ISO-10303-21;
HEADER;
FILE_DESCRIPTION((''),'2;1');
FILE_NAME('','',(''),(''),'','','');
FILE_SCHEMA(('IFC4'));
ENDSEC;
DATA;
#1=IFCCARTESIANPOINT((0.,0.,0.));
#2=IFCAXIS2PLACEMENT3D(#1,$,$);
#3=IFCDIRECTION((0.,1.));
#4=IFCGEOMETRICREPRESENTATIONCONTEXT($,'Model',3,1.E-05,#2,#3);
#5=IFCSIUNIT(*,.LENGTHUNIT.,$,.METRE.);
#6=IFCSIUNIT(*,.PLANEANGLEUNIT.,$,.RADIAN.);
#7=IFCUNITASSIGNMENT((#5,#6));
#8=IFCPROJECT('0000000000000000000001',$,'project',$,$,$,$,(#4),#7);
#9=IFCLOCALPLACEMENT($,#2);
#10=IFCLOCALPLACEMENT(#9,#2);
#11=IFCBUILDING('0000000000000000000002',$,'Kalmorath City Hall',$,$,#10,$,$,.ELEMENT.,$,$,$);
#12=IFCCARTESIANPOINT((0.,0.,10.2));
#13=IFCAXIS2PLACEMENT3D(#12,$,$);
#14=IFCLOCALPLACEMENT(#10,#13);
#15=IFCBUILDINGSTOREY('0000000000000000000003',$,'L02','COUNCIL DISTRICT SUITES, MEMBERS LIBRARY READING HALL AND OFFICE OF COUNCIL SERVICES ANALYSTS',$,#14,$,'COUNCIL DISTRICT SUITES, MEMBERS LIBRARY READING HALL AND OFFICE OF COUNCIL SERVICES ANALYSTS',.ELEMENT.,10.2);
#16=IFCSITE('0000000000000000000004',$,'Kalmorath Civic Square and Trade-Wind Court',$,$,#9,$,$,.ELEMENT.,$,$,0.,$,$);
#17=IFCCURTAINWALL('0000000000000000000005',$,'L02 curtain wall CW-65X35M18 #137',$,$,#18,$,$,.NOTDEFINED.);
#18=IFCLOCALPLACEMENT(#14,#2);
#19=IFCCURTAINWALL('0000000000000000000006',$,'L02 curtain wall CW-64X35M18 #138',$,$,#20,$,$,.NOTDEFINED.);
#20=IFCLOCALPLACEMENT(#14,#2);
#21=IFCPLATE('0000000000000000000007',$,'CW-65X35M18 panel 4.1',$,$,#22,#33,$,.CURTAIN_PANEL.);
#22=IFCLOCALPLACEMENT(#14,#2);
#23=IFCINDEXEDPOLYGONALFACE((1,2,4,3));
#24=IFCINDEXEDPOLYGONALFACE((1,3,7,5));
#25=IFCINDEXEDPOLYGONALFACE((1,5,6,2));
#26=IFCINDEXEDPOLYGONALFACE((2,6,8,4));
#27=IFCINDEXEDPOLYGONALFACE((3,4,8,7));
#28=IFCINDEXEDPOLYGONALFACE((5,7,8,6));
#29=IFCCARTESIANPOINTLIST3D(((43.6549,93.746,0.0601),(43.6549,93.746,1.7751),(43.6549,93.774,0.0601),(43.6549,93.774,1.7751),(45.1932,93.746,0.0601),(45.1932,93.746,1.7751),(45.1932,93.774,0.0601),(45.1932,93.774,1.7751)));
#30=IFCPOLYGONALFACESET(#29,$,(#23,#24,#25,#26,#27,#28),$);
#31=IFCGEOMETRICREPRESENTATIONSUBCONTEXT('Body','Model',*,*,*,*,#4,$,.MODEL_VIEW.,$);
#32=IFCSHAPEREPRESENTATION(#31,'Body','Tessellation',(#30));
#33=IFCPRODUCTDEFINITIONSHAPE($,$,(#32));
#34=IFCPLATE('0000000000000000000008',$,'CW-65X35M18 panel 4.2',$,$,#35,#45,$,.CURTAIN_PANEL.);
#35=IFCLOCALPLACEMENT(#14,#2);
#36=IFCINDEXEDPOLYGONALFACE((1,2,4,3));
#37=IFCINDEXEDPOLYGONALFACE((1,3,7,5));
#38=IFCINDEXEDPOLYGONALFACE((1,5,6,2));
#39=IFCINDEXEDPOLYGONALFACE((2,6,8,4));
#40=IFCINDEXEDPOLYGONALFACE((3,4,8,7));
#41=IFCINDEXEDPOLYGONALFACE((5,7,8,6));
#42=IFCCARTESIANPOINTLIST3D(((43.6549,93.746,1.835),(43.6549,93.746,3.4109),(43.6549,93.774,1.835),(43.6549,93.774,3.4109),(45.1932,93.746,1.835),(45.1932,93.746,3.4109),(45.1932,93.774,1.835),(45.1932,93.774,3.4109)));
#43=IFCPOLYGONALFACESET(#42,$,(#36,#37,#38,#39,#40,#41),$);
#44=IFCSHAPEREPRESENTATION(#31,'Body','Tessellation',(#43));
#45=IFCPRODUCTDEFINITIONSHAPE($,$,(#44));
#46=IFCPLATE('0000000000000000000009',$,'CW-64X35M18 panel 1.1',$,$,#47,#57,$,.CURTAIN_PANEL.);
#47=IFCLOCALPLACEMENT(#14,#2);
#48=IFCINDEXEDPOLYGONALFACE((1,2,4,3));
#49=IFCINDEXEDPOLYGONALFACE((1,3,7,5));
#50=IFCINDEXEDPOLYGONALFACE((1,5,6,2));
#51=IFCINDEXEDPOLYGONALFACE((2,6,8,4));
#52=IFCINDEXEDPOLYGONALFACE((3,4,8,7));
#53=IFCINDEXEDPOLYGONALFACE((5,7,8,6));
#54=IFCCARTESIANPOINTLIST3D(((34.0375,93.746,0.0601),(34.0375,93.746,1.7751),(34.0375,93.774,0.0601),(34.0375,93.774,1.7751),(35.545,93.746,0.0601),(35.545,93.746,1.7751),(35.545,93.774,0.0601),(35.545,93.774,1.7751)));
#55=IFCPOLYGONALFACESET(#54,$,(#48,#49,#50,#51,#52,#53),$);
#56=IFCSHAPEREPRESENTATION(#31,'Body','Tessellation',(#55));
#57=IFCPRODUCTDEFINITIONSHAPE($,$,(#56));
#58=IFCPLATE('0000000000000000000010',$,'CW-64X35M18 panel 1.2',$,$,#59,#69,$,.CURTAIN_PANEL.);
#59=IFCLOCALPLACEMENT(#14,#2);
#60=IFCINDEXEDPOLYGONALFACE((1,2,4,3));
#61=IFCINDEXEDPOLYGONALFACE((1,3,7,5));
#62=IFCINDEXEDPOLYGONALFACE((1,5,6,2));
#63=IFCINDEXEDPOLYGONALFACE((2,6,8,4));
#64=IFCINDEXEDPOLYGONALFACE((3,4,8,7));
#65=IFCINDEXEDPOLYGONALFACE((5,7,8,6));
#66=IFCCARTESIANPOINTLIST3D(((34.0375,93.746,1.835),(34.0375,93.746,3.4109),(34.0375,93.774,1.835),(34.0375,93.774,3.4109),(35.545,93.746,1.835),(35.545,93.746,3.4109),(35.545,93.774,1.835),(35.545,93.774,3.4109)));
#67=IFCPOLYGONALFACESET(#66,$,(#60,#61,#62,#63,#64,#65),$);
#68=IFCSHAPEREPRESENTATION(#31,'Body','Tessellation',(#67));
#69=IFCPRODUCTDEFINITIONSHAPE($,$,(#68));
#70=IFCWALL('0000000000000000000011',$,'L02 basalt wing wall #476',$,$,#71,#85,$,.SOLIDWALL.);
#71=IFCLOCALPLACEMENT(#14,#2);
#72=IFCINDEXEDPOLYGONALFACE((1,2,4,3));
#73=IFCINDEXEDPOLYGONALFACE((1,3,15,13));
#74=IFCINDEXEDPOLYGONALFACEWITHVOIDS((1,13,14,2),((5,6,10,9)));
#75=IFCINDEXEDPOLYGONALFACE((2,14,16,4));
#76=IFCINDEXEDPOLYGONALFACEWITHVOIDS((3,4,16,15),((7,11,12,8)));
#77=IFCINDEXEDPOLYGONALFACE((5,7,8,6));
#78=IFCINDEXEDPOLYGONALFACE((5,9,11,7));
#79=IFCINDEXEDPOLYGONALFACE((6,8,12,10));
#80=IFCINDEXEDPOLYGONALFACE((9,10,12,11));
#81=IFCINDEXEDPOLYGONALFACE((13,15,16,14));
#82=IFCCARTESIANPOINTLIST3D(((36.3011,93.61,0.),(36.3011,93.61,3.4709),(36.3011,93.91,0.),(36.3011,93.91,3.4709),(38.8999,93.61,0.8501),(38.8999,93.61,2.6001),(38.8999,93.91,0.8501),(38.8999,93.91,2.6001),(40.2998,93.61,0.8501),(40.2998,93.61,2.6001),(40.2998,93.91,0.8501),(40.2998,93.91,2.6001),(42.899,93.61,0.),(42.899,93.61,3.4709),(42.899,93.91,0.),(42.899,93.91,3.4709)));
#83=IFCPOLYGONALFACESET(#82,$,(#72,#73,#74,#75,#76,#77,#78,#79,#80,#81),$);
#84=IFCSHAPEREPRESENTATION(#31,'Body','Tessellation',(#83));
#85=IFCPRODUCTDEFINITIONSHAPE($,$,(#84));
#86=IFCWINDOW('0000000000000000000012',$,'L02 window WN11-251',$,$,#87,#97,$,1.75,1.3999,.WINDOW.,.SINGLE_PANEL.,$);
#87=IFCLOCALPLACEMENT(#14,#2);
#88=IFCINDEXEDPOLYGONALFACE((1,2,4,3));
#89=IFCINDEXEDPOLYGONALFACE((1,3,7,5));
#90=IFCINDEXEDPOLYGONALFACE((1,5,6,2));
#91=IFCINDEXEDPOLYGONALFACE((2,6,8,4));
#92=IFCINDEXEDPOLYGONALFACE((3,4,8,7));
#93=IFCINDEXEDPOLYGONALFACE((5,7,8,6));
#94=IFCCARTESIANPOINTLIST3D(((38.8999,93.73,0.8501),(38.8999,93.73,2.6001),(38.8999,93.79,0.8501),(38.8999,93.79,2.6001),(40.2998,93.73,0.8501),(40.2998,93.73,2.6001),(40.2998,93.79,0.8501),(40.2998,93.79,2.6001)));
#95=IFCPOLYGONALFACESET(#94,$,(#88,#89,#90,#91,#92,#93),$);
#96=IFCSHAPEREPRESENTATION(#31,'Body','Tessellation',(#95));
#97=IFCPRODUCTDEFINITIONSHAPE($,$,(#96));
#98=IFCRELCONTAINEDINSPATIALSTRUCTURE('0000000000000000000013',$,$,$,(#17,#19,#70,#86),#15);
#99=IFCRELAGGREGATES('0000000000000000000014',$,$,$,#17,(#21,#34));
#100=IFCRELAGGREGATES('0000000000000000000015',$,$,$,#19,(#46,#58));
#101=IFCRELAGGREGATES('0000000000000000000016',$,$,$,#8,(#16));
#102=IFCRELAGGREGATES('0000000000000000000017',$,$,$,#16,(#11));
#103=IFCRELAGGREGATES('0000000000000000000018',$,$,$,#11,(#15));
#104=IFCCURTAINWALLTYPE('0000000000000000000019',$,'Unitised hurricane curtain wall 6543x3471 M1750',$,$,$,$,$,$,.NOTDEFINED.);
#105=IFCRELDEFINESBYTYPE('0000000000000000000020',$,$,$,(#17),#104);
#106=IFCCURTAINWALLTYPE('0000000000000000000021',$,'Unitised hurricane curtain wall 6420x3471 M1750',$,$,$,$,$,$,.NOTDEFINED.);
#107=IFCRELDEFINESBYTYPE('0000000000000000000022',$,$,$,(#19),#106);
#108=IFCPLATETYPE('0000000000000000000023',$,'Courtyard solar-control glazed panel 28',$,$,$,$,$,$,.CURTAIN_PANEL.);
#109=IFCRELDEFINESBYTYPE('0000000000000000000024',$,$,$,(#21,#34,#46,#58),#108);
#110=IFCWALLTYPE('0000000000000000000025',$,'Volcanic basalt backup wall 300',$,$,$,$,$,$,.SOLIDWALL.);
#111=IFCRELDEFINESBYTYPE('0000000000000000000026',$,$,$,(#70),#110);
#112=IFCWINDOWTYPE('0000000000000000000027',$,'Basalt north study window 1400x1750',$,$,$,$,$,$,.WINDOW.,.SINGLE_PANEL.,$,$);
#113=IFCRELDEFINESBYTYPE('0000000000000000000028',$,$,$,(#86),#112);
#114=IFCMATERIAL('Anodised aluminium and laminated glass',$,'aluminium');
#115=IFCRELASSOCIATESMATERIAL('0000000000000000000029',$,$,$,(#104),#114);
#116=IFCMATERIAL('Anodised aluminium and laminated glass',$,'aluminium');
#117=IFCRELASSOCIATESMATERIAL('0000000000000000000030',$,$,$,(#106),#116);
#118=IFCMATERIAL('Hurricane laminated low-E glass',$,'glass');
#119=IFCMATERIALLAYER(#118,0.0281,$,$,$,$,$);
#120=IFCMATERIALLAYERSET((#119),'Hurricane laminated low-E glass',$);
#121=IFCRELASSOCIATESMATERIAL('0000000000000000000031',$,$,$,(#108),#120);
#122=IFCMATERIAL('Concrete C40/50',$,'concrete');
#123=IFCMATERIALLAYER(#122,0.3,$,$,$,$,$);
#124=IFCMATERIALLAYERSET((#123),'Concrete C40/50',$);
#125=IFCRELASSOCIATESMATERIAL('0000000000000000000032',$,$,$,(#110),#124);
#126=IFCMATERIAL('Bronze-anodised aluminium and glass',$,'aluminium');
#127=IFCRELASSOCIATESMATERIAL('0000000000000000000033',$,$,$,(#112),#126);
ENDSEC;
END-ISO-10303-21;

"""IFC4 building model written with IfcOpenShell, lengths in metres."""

from ifc_helpers import new_model, si_unit, direction, frame, frame_2d, origin, origin_2d, place, context, subcontext, project, spatial, rectangle, extrude, material, layer, layer_set, type_object, element, fill, aggregate, save


model = new_model("IFC4")

# Units and contexts
model_context = context("Model", 3, precision=1e-05, world=origin(), true_north=direction((0.0, 1.0)))
body_context = subcontext(model_context, "Body", "Model", "MODEL_VIEW")
ifc_project = project(units=[si_unit("LENGTHUNIT", "METRE"), si_unit("PLANEANGLEUNIT", "RADIAN")], contexts=[model_context])

# Site, building, storey
site_placement = place(None, origin())
site = spatial("IfcSite", under=ifc_project, at=site_placement, Name="Kalmorath Civic Square and Trade-Wind Court", CompositionType="ELEMENT", RefElevation=0.0)
building_placement = place(site_placement, origin())
building = spatial("IfcBuilding", under=site, at=building_placement, Name="Kalmorath City Hall", CompositionType="ELEMENT")
storey_placement = place(building_placement, frame((0.0, 0.0, 10.2)))
storey = spatial("IfcBuildingStorey", under=building, at=storey_placement, Name="L02", Description="COUNCIL DISTRICT SUITES, MEMBERS LIBRARY READING HALL AND OFFICE OF COUNCIL SERVICES ANALYSTS", LongName="COUNCIL DISTRICT SUITES, MEMBERS LIBRARY READING HALL AND OFFICE OF COUNCIL SERVICES ANALYSTS", CompositionType="ELEMENT", Elevation=10.2)

# Curtain walls
ifc_material_1 = material(Name="Anodised aluminium and laminated glass", Category="aluminium")
curtain_wall_type_1 = type_object("IfcCurtainWallType", Name="Unitised hurricane curtain wall 6543x3471 M1750", PredefinedType="NOTDEFINED", material=ifc_material_1)
curtain_wall_1_placement = place(storey_placement, origin())
curtain_wall_1 = element("IfcCurtainWall", 1, at=curtain_wall_1_placement, inside=storey, type_object=curtain_wall_type_1, Name="L02 curtain wall CW-65X35M18 #137", PredefinedType="NOTDEFINED")
ifc_material_2 = material(Name="Anodised aluminium and laminated glass", Category="aluminium")
curtain_wall_type_2 = type_object("IfcCurtainWallType", Name="Unitised hurricane curtain wall 6420x3471 M1750", PredefinedType="NOTDEFINED", material=ifc_material_2)
curtain_wall_2_placement = place(storey_placement, origin())
curtain_wall_2 = element("IfcCurtainWall", 2, at=curtain_wall_2_placement, inside=storey, type_object=curtain_wall_type_2, Name="L02 curtain wall CW-64X35M18 #138", PredefinedType="NOTDEFINED")

# Plates
ifc_material_3 = material(Name="Hurricane laminated low-E glass", Category="glass")
ifc_layer_1 = layer(ifc_material_3, 0.0281)
ifc_layer_set_1 = layer_set([ifc_layer_1], Name="Hurricane laminated low-E glass")
plate_type = type_object("IfcPlateType", Name="Courtyard solar-control glazed panel 28", PredefinedType="CURTAIN_PANEL", material=ifc_layer_set_1)
plate_1_placement = place(storey_placement, frame((44.4241, 93.76, 0.0601), z_axis=(0.0, 0.0, 1.0), x_axis=(-1.0, 0.0, 0.0)))
plate_1 = element("IfcPlate", 3, at=plate_1_placement, type_object=plate_type, Name="CW-65X35M18 panel 4.1", PredefinedType="CURTAIN_PANEL", context=body_context, shape_type="SweptSolid", body=[
    extrude(rectangle(XDim=1.5383, YDim=0.0281, at=origin_2d()), origin(), (0.0, 0.0, 1.0), 1.7151),
])
plate_2_placement = place(storey_placement, frame((44.4241, 93.76, 1.835), z_axis=(0.0, 0.0, 1.0), x_axis=(-1.0, 0.0, 0.0)))
plate_2 = element("IfcPlate", 4, at=plate_2_placement, type_object=plate_type, Name="CW-65X35M18 panel 4.2", PredefinedType="CURTAIN_PANEL", context=body_context, shape_type="SweptSolid", body=[
    extrude(rectangle(XDim=1.5383, YDim=0.0281, at=origin_2d()), origin(), (0.0, 0.0, 1.0), 1.5759),
])
aggregate(curtain_wall_1, [plate_1, plate_2])
plate_3_placement = place(storey_placement, frame((34.7913, 93.76, 0.0601), z_axis=(0.0, 0.0, 1.0), x_axis=(-1.0, 0.0, 0.0)))
plate_3 = element("IfcPlate", 5, at=plate_3_placement, type_object=plate_type, Name="CW-64X35M18 panel 1.1", PredefinedType="CURTAIN_PANEL", context=body_context, shape_type="SweptSolid", body=[
    extrude(rectangle(XDim=1.5076, YDim=0.0281, at=origin_2d()), origin(), (0.0, 0.0, 1.0), 1.7151),
])
plate_4_placement = place(storey_placement, frame((34.7913, 93.76, 1.835), z_axis=(0.0, 0.0, 1.0), x_axis=(-1.0, 0.0, 0.0)))
plate_4 = element("IfcPlate", 6, at=plate_4_placement, type_object=plate_type, Name="CW-64X35M18 panel 1.2", PredefinedType="CURTAIN_PANEL", context=body_context, shape_type="SweptSolid", body=[
    extrude(rectangle(XDim=1.5076, YDim=0.0281, at=origin_2d()), origin(), (0.0, 0.0, 1.0), 1.5759),
])
aggregate(curtain_wall_2, [plate_3, plate_4])

# Wall, opening, window
ifc_material_4 = material(Name="Concrete C40/50", Category="concrete")
ifc_layer_2 = layer(ifc_material_4, 0.3)
ifc_layer_set_2 = layer_set([ifc_layer_2], Name="Concrete C40/50")
wall_type = type_object("IfcWallType", Name="Volcanic basalt backup wall 300", PredefinedType="SOLIDWALL", material=ifc_layer_set_2)
wall_placement = place(storey_placement, frame((42.8989, 93.76, 0.0), z_axis=(0.0, 0.0, 1.0), x_axis=(-1.0, 0.0, 0.0)))
wall = element("IfcWall", 7, at=wall_placement, inside=storey, type_object=wall_type, Name="L02 basalt wing wall #476", PredefinedType="SOLIDWALL", context=body_context, shape_type="SweptSolid", body=[
    extrude(rectangle(XDim=6.5979, YDim=0.3, at=frame_2d((3.2988, 0.0))), origin(), (0.0, 0.0, 1.0), 3.4709),
])
opening_placement = place(wall_placement, frame((2.5991, 0.0, 0.8501)))
opening = element("IfcOpeningElement", 8, at=opening_placement, cuts=wall, PredefinedType="OPENING", context=body_context, shape_type="SweptSolid", body=[
    extrude(rectangle(XDim=1.3999, YDim=1.75, at=frame_2d((0.7, 0.875))), frame((0.0, 0.1599, 0.0), z_axis=(0.0, -1.0, 0.0), x_axis=(1.0, 0.0, 0.0)), (0.0, 0.0, 1.0), 0.3201),
])
ifc_material_5 = material(Name="Bronze-anodised aluminium and glass", Category="aluminium")
window_type = type_object("IfcWindowType", Name="Basalt north study window 1400x1750", PartitioningType="SINGLE_PANEL", PredefinedType="WINDOW", material=ifc_material_5)
window_placement = place(opening_placement, origin())
window = element("IfcWindow", 9, at=window_placement, inside=storey, type_object=window_type, Name="L02 window WN11-251", OverallHeight=1.75, OverallWidth=1.3999, PartitioningType="SINGLE_PANEL", PredefinedType="WINDOW", context=body_context, shape_type="SweptSolid", body=[
    extrude(rectangle(XDim=1.3999, YDim=1.75, at=frame_2d((0.7, 0.875))), frame((0.0, 0.03, 0.0), z_axis=(0.0, -1.0, 0.0), x_axis=(1.0, 0.0, 0.0)), (0.0, 0.0, 1.0), 0.0601),
])
fill(opening, window)

save(model, "model.ifc")
